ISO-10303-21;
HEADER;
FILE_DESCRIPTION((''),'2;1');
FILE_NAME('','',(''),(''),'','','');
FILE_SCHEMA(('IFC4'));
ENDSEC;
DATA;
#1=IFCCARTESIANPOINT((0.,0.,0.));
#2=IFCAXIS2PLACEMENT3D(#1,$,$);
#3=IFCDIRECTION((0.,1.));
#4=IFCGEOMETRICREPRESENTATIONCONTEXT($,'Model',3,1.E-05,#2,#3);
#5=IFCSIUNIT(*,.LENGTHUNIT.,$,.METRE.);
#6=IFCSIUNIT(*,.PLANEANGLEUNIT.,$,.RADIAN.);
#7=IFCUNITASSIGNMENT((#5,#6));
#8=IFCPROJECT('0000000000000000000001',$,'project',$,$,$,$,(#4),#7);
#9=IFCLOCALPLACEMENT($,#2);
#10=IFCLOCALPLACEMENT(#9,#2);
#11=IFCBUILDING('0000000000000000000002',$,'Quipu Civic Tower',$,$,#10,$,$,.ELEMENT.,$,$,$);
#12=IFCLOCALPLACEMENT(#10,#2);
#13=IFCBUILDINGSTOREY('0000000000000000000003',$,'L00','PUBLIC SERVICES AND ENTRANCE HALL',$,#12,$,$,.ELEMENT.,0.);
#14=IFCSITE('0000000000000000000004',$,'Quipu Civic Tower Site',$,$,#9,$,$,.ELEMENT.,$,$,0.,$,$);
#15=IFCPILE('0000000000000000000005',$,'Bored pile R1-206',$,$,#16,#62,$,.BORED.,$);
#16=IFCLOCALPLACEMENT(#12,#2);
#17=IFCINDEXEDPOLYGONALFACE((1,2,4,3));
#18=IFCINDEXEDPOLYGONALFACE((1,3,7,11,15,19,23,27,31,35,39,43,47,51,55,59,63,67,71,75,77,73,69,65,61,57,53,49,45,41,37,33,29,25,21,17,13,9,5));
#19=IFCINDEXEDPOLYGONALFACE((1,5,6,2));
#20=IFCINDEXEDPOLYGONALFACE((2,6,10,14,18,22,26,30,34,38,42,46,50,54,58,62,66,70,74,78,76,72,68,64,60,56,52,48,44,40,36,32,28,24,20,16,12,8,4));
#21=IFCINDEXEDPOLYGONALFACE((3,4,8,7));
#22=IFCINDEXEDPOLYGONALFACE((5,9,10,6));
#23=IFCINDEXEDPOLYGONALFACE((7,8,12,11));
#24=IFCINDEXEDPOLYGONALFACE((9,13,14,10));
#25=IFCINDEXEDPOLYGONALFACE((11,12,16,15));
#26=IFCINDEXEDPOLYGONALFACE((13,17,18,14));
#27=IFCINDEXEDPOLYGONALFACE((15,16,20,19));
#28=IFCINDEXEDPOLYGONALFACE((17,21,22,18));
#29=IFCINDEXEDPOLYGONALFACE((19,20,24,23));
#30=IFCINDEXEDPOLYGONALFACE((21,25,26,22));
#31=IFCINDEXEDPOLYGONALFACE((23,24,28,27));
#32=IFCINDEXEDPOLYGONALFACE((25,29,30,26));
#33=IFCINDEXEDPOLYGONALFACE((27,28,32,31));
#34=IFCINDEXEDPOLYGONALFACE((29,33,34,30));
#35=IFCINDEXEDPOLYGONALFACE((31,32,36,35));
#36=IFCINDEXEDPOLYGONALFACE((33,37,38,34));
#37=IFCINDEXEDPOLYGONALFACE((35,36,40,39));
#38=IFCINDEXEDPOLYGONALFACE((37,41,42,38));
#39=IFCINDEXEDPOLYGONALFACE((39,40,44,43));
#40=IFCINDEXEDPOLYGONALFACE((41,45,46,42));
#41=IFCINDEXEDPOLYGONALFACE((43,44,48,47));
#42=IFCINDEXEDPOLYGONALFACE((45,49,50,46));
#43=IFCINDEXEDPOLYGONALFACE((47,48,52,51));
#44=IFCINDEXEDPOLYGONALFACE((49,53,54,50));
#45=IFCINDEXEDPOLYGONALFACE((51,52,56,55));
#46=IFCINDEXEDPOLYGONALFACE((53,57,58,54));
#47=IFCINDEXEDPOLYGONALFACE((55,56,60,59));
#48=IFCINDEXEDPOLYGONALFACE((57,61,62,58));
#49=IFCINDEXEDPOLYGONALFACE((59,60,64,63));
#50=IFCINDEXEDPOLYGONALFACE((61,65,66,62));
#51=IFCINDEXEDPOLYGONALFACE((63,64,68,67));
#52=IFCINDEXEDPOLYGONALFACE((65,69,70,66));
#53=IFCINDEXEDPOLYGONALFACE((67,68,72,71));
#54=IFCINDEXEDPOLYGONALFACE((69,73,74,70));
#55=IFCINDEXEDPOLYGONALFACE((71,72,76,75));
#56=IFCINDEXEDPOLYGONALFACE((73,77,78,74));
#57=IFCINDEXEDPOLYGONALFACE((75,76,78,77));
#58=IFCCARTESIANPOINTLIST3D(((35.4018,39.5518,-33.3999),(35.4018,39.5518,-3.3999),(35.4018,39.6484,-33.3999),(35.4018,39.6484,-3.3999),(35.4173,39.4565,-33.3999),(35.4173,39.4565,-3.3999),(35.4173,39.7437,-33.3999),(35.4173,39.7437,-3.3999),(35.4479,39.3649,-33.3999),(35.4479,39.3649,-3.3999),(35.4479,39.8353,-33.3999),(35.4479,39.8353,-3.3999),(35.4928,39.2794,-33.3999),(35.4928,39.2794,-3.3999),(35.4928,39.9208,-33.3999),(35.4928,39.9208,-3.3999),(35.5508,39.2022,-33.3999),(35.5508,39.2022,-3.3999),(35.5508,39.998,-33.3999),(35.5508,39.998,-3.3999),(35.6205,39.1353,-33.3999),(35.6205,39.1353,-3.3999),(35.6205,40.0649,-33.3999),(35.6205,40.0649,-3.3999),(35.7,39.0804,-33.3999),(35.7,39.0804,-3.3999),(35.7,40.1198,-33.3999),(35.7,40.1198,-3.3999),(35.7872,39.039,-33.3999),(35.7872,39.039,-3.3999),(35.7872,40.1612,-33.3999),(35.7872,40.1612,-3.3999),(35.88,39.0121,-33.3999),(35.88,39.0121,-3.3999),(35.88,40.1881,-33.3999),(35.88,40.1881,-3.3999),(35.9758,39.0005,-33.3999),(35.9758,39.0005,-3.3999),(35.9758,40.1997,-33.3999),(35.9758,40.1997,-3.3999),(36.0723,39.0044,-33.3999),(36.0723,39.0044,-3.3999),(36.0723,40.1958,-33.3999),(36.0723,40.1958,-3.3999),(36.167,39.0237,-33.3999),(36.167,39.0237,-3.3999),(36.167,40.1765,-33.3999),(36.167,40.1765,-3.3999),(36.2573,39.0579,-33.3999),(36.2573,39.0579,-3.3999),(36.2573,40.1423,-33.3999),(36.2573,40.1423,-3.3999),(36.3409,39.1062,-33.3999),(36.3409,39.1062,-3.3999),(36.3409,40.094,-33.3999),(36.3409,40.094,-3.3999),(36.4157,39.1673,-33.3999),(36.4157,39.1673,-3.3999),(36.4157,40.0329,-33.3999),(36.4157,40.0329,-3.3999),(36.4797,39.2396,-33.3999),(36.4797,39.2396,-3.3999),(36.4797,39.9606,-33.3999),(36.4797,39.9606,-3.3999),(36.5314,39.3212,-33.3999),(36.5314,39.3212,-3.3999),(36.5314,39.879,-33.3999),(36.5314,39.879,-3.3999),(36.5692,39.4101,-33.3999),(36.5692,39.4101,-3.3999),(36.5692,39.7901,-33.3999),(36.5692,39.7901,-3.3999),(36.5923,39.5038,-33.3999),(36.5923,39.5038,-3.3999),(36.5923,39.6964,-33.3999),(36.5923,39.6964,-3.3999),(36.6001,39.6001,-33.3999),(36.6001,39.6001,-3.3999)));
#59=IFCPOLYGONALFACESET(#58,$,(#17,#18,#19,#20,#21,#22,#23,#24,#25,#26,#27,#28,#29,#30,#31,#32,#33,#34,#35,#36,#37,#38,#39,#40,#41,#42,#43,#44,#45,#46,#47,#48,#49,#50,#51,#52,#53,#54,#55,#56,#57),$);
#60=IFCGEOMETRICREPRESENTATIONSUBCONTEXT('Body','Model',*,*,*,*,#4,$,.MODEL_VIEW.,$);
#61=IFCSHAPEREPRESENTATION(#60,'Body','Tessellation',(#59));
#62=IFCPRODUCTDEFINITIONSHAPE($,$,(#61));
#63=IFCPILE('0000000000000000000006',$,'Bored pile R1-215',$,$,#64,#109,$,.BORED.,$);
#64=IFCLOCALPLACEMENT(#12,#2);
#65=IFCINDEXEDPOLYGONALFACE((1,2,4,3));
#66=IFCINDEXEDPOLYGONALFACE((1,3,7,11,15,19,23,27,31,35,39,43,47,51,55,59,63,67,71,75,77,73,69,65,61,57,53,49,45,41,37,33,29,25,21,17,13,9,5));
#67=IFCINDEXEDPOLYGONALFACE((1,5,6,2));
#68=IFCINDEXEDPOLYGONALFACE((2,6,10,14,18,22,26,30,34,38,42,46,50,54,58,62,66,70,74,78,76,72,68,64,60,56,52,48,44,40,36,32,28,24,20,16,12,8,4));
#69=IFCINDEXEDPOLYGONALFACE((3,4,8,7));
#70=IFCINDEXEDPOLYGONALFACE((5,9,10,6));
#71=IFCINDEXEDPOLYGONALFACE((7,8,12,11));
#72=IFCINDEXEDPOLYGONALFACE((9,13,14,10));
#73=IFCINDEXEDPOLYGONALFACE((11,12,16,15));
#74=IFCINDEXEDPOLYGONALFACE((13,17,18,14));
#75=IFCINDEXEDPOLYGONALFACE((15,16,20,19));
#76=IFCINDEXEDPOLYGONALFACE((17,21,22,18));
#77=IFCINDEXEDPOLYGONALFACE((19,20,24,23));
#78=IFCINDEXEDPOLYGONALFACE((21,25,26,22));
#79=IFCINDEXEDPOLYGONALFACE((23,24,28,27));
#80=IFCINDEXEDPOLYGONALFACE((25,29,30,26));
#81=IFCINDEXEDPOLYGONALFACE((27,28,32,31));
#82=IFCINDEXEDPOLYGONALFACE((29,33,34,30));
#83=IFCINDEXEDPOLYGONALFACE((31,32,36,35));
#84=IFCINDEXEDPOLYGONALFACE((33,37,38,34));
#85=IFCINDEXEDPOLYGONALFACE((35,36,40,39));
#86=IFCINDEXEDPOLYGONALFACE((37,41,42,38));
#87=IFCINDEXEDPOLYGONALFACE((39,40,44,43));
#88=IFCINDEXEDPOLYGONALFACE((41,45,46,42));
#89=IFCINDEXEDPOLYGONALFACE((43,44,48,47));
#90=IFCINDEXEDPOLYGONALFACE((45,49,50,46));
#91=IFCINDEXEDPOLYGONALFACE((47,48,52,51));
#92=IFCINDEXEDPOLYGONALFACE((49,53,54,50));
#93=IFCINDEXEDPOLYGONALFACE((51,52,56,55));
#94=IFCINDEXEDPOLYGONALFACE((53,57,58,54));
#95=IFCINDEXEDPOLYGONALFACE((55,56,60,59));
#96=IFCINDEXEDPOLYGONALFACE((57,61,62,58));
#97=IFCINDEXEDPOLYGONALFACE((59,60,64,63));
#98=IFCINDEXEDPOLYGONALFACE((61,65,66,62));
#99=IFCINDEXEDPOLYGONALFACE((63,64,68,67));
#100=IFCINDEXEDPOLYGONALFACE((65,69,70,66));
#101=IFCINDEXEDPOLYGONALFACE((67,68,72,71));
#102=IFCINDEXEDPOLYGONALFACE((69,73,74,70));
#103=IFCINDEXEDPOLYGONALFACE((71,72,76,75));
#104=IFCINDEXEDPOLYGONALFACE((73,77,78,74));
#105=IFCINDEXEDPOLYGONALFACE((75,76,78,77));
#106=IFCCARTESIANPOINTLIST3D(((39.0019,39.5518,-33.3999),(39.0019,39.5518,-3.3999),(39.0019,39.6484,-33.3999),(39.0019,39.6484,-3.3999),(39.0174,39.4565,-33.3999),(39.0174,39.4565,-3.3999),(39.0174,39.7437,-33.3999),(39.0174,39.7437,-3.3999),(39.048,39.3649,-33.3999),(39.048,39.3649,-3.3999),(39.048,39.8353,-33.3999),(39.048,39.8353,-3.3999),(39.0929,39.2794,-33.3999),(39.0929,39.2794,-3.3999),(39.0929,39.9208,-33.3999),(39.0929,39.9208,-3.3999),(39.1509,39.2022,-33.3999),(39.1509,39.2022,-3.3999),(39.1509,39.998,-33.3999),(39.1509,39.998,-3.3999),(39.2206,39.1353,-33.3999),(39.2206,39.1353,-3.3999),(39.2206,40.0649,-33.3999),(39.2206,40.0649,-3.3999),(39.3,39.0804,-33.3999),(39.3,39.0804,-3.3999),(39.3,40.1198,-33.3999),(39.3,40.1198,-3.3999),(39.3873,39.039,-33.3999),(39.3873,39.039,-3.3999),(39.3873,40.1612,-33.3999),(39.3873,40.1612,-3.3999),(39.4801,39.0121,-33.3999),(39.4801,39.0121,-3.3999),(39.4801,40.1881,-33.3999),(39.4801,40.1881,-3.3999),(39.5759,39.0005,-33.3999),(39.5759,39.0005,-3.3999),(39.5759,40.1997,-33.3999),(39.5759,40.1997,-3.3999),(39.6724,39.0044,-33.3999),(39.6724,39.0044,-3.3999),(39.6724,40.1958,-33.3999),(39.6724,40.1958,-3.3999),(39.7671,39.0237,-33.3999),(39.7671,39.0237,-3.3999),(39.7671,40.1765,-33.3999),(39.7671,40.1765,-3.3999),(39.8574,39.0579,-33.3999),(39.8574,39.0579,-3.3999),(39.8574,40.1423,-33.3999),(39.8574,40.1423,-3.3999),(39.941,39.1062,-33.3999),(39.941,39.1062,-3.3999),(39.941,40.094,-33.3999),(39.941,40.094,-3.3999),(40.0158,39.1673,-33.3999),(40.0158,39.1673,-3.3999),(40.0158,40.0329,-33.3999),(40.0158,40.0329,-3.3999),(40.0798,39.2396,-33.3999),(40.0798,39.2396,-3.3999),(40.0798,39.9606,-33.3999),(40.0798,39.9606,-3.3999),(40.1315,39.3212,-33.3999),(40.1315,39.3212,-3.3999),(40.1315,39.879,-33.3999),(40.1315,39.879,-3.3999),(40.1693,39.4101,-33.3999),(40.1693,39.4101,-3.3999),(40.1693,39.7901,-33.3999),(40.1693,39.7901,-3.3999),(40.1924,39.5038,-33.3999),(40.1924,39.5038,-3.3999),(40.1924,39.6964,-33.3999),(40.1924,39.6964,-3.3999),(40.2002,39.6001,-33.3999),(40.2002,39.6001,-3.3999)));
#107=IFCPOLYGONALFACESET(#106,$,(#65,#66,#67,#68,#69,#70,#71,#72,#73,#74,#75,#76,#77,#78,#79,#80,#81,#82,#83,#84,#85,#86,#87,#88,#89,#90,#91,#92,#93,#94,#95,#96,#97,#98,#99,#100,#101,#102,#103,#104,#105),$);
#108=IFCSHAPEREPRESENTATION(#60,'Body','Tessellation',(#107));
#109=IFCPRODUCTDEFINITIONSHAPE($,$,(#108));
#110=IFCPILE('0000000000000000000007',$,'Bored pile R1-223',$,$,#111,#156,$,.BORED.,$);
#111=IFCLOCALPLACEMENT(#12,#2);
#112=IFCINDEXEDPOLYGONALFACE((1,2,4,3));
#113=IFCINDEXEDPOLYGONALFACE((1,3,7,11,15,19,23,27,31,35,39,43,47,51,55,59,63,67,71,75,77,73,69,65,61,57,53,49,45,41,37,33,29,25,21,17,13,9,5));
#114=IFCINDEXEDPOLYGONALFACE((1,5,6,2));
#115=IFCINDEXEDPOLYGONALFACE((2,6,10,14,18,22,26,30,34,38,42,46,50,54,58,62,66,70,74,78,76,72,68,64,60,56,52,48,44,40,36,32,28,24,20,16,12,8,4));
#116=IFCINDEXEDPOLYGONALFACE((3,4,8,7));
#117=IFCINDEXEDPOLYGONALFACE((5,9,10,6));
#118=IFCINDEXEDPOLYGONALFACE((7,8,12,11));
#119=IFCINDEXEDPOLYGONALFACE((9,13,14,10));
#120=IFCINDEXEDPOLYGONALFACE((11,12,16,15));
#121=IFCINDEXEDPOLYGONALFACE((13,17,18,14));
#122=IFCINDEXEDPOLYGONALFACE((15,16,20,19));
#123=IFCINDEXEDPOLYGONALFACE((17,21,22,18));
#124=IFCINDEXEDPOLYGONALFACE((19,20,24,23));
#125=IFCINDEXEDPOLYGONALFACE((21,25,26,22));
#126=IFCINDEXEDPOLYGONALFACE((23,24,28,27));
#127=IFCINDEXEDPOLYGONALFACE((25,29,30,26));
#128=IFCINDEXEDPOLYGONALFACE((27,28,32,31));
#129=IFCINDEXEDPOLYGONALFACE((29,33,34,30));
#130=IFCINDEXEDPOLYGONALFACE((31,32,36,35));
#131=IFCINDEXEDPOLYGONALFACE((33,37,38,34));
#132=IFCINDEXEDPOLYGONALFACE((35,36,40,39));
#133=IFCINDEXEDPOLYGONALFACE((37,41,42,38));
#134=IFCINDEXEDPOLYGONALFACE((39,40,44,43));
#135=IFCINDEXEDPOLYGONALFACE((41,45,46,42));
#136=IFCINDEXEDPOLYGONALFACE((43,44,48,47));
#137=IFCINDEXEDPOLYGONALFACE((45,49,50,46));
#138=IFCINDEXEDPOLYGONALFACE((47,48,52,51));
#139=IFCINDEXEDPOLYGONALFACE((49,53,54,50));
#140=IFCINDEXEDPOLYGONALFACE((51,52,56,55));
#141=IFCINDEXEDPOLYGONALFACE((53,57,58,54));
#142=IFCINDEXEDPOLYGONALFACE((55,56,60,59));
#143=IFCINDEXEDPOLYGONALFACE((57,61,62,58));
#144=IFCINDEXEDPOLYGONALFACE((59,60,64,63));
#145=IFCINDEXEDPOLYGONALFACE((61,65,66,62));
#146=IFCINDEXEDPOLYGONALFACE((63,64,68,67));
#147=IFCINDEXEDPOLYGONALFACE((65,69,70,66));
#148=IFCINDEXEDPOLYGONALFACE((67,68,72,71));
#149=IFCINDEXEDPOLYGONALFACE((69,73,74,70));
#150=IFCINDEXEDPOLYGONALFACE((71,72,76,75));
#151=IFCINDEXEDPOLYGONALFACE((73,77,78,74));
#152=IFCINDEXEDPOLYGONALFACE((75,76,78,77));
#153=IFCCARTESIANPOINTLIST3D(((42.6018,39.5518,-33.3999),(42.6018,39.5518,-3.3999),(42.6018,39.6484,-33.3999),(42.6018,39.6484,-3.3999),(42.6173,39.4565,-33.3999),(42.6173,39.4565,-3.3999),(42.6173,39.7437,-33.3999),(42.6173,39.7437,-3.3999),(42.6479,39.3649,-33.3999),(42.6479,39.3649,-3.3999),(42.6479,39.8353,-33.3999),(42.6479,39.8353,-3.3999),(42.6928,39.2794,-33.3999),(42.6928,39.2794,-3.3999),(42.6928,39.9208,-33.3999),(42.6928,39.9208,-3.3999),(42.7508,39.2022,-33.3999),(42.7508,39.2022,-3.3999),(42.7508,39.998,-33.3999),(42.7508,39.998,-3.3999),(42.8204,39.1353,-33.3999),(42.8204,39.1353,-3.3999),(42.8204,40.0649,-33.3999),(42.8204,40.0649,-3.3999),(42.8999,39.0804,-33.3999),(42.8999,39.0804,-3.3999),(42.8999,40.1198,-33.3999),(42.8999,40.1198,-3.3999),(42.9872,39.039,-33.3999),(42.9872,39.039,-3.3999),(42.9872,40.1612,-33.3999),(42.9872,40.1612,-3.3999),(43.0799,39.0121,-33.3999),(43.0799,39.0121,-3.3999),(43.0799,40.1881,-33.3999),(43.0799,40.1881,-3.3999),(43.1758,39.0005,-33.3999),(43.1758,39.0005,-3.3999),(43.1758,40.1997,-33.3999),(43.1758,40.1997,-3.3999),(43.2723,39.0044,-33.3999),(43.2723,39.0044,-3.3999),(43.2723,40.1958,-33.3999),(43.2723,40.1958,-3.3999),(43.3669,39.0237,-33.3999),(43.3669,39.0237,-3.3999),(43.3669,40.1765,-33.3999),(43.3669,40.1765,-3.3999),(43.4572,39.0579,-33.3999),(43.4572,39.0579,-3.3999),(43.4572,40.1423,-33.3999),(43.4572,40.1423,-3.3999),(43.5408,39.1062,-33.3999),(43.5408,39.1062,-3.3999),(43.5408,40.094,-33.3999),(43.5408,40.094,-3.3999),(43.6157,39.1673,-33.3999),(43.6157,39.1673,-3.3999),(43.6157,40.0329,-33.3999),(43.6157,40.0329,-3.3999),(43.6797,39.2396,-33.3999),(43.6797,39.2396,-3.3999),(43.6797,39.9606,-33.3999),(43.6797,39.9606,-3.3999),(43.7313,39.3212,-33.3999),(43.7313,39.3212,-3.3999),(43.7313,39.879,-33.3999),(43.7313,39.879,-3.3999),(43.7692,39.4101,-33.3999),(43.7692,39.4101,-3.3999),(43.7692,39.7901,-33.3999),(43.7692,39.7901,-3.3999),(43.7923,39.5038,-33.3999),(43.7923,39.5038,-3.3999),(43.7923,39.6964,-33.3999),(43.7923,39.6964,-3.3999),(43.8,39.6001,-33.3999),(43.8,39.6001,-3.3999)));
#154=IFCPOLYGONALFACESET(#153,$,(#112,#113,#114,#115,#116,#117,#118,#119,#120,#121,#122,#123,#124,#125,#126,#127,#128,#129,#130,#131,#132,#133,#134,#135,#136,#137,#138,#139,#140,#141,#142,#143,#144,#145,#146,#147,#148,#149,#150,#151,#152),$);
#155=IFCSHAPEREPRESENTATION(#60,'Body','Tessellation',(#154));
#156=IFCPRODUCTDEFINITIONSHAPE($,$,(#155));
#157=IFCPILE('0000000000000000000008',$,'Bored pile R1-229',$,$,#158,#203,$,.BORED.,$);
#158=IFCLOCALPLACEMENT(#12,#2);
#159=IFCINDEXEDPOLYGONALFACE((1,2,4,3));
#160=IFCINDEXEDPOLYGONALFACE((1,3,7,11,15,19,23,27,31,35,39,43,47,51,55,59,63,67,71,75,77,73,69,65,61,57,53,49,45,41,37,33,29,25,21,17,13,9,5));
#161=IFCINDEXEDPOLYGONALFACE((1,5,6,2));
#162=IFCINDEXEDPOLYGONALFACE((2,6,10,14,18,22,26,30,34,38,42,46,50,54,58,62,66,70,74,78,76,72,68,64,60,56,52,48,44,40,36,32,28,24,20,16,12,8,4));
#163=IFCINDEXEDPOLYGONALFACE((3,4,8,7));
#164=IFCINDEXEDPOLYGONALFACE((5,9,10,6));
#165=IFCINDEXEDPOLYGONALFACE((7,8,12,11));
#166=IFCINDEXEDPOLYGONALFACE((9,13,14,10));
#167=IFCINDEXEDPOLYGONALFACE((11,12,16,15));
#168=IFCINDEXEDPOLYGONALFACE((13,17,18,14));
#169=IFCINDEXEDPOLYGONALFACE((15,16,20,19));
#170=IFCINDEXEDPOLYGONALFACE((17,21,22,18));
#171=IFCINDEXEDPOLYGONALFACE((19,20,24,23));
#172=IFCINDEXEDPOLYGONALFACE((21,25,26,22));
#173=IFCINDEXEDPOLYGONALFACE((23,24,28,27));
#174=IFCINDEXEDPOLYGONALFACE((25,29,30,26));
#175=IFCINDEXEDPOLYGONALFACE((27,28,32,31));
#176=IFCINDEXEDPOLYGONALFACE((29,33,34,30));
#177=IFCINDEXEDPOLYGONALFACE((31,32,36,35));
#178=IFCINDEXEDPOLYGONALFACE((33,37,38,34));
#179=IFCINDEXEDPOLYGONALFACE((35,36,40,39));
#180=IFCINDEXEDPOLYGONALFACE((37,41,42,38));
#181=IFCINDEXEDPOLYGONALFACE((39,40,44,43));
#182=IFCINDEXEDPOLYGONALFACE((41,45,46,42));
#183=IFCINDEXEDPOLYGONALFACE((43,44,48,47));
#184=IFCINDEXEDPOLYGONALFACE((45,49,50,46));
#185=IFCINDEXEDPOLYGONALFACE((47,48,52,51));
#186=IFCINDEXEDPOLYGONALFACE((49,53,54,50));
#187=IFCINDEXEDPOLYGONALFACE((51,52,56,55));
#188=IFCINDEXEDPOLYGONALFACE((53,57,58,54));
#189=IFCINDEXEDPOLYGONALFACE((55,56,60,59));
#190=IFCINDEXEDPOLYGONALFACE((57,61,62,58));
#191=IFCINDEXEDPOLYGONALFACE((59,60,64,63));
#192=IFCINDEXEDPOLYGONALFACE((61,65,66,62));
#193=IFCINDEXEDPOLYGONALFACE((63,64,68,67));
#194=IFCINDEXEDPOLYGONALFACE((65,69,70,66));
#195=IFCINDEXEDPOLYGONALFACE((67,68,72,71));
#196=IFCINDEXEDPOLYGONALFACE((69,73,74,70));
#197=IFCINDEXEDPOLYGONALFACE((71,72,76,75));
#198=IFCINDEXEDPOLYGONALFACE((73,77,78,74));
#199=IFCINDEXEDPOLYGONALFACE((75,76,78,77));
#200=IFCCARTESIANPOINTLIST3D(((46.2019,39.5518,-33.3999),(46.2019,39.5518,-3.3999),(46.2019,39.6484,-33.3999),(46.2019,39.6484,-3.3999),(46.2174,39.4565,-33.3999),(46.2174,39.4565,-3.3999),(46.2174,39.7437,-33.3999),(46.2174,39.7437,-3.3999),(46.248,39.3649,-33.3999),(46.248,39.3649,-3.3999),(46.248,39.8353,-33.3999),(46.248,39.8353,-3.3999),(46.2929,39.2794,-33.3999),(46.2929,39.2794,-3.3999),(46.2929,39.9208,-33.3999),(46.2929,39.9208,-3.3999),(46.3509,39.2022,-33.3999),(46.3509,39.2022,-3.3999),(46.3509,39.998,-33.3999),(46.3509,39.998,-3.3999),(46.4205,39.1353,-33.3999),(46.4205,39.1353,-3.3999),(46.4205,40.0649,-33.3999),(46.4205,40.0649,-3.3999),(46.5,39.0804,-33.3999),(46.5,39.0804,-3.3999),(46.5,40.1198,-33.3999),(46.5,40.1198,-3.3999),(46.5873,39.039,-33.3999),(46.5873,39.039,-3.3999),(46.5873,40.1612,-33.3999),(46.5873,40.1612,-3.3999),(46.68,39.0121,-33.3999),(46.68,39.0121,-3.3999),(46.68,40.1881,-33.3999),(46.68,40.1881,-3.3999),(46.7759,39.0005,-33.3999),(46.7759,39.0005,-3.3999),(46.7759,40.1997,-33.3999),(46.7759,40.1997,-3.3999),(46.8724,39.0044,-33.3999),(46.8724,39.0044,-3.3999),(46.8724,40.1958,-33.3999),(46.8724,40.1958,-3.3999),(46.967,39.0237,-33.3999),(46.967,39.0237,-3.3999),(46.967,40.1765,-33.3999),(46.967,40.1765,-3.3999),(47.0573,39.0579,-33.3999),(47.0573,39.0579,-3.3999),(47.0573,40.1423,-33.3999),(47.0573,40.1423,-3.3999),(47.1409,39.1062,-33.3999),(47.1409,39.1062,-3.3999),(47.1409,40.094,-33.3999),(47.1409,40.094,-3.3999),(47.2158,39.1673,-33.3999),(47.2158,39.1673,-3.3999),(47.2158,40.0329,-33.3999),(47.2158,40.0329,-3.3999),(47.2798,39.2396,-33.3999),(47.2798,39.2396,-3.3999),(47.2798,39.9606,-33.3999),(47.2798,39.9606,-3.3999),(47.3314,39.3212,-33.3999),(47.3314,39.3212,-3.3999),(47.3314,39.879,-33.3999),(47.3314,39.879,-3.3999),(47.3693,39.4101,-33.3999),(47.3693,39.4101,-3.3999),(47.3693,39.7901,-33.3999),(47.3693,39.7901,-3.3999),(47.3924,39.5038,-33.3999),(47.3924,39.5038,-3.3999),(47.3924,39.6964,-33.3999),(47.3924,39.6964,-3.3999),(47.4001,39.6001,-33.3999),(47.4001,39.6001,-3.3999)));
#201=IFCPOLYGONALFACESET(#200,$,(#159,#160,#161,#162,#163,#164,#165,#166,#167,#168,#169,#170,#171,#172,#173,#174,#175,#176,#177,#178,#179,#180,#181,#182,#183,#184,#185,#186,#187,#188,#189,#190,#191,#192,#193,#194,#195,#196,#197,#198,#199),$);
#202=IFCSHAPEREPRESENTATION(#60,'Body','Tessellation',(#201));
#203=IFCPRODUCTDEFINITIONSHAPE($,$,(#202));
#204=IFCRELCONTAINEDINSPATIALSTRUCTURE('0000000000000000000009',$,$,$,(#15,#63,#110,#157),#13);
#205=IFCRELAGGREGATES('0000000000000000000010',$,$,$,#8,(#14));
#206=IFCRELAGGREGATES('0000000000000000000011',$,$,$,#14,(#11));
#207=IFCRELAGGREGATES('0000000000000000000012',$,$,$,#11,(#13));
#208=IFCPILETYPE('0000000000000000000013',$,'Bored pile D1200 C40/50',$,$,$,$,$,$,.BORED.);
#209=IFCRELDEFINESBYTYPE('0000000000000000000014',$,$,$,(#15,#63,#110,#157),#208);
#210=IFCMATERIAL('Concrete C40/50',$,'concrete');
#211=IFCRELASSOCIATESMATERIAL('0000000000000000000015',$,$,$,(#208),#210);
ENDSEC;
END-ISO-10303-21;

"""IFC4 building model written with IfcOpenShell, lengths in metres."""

from ifc_helpers import new_model, si_unit, direction, frame, origin, origin_2d, place, context, subcontext, project, spatial, circle, extrude, material, material_profile, profile_set, type_object, element, save


model = new_model("IFC4")

# Units and contexts
model_context = context("Model", 3, precision=1e-05, world=origin(), true_north=direction((0.0, 1.0)))
body_context = subcontext(model_context, "Body", "Model", "MODEL_VIEW")
ifc_project = project(units=[si_unit("LENGTHUNIT", "METRE"), si_unit("PLANEANGLEUNIT", "RADIAN")], contexts=[model_context])

# Site, building, storey
site_placement = place(None, origin())
site = spatial("IfcSite", under=ifc_project, at=site_placement, Name="Quipu Civic Tower Site", CompositionType="ELEMENT", RefElevation=0.0)
building_placement = place(site_placement, origin())
building = spatial("IfcBuilding", under=site, at=building_placement, Name="Quipu Civic Tower", CompositionType="ELEMENT")
storey_placement = place(building_placement, origin())
storey = spatial("IfcBuildingStorey", under=building, at=storey_placement, Name="L00", Description="PUBLIC SERVICES AND ENTRANCE HALL", CompositionType="ELEMENT", Elevation=0.0)

# Piles
ifc_material_1 = material(Name="Concrete C40/50", Category="concrete")
ifc_material_profile_1 = material_profile(ifc_material_1, circle(Radius=0.6001, at=origin_2d()), Name="RCD1200")
ifc_profile_set_1 = profile_set([ifc_material_profile_1], Name="Concrete C40/50")
pile_type = type_object("IfcPileType", Name="Bored pile D1200 C40/50", PredefinedType="BORED", material=ifc_profile_set_1)
for number, where, z_axis, x_axis, name in (
    (1, (36.0, 39.6001, -3.3999), (0.0, 0.0, -1.0), (1.0, 0.0, 0.0), "Bored pile R1-206"),
    (2, (39.6001, 39.6001, -3.3999), (0.0, 0.0, -1.0), (1.0, 0.0, 0.0), "Bored pile R1-215"),
    (3, (43.2, 39.6001, -3.3999), (0.0, 0.0, -1.0), (1.0, 0.0, 0.0), "Bored pile R1-223"),
    (4, (46.8, 39.6001, -3.3999), (0.0, 0.0, -1.0), (1.0, 0.0, 0.0), "Bored pile R1-229"),
):
    element("IfcPile", number, at=place(storey_placement, frame(where, z_axis=z_axis, x_axis=x_axis)), inside=storey, type_object=pile_type, Name=name, PredefinedType="BORED", context=body_context, shape_type="SweptSolid", body=[
        extrude(circle(Radius=0.6001, at=origin_2d()), origin(), (0.0, 0.0, 1.0), 30.0),
    ])

save(model, "model.ifc")
